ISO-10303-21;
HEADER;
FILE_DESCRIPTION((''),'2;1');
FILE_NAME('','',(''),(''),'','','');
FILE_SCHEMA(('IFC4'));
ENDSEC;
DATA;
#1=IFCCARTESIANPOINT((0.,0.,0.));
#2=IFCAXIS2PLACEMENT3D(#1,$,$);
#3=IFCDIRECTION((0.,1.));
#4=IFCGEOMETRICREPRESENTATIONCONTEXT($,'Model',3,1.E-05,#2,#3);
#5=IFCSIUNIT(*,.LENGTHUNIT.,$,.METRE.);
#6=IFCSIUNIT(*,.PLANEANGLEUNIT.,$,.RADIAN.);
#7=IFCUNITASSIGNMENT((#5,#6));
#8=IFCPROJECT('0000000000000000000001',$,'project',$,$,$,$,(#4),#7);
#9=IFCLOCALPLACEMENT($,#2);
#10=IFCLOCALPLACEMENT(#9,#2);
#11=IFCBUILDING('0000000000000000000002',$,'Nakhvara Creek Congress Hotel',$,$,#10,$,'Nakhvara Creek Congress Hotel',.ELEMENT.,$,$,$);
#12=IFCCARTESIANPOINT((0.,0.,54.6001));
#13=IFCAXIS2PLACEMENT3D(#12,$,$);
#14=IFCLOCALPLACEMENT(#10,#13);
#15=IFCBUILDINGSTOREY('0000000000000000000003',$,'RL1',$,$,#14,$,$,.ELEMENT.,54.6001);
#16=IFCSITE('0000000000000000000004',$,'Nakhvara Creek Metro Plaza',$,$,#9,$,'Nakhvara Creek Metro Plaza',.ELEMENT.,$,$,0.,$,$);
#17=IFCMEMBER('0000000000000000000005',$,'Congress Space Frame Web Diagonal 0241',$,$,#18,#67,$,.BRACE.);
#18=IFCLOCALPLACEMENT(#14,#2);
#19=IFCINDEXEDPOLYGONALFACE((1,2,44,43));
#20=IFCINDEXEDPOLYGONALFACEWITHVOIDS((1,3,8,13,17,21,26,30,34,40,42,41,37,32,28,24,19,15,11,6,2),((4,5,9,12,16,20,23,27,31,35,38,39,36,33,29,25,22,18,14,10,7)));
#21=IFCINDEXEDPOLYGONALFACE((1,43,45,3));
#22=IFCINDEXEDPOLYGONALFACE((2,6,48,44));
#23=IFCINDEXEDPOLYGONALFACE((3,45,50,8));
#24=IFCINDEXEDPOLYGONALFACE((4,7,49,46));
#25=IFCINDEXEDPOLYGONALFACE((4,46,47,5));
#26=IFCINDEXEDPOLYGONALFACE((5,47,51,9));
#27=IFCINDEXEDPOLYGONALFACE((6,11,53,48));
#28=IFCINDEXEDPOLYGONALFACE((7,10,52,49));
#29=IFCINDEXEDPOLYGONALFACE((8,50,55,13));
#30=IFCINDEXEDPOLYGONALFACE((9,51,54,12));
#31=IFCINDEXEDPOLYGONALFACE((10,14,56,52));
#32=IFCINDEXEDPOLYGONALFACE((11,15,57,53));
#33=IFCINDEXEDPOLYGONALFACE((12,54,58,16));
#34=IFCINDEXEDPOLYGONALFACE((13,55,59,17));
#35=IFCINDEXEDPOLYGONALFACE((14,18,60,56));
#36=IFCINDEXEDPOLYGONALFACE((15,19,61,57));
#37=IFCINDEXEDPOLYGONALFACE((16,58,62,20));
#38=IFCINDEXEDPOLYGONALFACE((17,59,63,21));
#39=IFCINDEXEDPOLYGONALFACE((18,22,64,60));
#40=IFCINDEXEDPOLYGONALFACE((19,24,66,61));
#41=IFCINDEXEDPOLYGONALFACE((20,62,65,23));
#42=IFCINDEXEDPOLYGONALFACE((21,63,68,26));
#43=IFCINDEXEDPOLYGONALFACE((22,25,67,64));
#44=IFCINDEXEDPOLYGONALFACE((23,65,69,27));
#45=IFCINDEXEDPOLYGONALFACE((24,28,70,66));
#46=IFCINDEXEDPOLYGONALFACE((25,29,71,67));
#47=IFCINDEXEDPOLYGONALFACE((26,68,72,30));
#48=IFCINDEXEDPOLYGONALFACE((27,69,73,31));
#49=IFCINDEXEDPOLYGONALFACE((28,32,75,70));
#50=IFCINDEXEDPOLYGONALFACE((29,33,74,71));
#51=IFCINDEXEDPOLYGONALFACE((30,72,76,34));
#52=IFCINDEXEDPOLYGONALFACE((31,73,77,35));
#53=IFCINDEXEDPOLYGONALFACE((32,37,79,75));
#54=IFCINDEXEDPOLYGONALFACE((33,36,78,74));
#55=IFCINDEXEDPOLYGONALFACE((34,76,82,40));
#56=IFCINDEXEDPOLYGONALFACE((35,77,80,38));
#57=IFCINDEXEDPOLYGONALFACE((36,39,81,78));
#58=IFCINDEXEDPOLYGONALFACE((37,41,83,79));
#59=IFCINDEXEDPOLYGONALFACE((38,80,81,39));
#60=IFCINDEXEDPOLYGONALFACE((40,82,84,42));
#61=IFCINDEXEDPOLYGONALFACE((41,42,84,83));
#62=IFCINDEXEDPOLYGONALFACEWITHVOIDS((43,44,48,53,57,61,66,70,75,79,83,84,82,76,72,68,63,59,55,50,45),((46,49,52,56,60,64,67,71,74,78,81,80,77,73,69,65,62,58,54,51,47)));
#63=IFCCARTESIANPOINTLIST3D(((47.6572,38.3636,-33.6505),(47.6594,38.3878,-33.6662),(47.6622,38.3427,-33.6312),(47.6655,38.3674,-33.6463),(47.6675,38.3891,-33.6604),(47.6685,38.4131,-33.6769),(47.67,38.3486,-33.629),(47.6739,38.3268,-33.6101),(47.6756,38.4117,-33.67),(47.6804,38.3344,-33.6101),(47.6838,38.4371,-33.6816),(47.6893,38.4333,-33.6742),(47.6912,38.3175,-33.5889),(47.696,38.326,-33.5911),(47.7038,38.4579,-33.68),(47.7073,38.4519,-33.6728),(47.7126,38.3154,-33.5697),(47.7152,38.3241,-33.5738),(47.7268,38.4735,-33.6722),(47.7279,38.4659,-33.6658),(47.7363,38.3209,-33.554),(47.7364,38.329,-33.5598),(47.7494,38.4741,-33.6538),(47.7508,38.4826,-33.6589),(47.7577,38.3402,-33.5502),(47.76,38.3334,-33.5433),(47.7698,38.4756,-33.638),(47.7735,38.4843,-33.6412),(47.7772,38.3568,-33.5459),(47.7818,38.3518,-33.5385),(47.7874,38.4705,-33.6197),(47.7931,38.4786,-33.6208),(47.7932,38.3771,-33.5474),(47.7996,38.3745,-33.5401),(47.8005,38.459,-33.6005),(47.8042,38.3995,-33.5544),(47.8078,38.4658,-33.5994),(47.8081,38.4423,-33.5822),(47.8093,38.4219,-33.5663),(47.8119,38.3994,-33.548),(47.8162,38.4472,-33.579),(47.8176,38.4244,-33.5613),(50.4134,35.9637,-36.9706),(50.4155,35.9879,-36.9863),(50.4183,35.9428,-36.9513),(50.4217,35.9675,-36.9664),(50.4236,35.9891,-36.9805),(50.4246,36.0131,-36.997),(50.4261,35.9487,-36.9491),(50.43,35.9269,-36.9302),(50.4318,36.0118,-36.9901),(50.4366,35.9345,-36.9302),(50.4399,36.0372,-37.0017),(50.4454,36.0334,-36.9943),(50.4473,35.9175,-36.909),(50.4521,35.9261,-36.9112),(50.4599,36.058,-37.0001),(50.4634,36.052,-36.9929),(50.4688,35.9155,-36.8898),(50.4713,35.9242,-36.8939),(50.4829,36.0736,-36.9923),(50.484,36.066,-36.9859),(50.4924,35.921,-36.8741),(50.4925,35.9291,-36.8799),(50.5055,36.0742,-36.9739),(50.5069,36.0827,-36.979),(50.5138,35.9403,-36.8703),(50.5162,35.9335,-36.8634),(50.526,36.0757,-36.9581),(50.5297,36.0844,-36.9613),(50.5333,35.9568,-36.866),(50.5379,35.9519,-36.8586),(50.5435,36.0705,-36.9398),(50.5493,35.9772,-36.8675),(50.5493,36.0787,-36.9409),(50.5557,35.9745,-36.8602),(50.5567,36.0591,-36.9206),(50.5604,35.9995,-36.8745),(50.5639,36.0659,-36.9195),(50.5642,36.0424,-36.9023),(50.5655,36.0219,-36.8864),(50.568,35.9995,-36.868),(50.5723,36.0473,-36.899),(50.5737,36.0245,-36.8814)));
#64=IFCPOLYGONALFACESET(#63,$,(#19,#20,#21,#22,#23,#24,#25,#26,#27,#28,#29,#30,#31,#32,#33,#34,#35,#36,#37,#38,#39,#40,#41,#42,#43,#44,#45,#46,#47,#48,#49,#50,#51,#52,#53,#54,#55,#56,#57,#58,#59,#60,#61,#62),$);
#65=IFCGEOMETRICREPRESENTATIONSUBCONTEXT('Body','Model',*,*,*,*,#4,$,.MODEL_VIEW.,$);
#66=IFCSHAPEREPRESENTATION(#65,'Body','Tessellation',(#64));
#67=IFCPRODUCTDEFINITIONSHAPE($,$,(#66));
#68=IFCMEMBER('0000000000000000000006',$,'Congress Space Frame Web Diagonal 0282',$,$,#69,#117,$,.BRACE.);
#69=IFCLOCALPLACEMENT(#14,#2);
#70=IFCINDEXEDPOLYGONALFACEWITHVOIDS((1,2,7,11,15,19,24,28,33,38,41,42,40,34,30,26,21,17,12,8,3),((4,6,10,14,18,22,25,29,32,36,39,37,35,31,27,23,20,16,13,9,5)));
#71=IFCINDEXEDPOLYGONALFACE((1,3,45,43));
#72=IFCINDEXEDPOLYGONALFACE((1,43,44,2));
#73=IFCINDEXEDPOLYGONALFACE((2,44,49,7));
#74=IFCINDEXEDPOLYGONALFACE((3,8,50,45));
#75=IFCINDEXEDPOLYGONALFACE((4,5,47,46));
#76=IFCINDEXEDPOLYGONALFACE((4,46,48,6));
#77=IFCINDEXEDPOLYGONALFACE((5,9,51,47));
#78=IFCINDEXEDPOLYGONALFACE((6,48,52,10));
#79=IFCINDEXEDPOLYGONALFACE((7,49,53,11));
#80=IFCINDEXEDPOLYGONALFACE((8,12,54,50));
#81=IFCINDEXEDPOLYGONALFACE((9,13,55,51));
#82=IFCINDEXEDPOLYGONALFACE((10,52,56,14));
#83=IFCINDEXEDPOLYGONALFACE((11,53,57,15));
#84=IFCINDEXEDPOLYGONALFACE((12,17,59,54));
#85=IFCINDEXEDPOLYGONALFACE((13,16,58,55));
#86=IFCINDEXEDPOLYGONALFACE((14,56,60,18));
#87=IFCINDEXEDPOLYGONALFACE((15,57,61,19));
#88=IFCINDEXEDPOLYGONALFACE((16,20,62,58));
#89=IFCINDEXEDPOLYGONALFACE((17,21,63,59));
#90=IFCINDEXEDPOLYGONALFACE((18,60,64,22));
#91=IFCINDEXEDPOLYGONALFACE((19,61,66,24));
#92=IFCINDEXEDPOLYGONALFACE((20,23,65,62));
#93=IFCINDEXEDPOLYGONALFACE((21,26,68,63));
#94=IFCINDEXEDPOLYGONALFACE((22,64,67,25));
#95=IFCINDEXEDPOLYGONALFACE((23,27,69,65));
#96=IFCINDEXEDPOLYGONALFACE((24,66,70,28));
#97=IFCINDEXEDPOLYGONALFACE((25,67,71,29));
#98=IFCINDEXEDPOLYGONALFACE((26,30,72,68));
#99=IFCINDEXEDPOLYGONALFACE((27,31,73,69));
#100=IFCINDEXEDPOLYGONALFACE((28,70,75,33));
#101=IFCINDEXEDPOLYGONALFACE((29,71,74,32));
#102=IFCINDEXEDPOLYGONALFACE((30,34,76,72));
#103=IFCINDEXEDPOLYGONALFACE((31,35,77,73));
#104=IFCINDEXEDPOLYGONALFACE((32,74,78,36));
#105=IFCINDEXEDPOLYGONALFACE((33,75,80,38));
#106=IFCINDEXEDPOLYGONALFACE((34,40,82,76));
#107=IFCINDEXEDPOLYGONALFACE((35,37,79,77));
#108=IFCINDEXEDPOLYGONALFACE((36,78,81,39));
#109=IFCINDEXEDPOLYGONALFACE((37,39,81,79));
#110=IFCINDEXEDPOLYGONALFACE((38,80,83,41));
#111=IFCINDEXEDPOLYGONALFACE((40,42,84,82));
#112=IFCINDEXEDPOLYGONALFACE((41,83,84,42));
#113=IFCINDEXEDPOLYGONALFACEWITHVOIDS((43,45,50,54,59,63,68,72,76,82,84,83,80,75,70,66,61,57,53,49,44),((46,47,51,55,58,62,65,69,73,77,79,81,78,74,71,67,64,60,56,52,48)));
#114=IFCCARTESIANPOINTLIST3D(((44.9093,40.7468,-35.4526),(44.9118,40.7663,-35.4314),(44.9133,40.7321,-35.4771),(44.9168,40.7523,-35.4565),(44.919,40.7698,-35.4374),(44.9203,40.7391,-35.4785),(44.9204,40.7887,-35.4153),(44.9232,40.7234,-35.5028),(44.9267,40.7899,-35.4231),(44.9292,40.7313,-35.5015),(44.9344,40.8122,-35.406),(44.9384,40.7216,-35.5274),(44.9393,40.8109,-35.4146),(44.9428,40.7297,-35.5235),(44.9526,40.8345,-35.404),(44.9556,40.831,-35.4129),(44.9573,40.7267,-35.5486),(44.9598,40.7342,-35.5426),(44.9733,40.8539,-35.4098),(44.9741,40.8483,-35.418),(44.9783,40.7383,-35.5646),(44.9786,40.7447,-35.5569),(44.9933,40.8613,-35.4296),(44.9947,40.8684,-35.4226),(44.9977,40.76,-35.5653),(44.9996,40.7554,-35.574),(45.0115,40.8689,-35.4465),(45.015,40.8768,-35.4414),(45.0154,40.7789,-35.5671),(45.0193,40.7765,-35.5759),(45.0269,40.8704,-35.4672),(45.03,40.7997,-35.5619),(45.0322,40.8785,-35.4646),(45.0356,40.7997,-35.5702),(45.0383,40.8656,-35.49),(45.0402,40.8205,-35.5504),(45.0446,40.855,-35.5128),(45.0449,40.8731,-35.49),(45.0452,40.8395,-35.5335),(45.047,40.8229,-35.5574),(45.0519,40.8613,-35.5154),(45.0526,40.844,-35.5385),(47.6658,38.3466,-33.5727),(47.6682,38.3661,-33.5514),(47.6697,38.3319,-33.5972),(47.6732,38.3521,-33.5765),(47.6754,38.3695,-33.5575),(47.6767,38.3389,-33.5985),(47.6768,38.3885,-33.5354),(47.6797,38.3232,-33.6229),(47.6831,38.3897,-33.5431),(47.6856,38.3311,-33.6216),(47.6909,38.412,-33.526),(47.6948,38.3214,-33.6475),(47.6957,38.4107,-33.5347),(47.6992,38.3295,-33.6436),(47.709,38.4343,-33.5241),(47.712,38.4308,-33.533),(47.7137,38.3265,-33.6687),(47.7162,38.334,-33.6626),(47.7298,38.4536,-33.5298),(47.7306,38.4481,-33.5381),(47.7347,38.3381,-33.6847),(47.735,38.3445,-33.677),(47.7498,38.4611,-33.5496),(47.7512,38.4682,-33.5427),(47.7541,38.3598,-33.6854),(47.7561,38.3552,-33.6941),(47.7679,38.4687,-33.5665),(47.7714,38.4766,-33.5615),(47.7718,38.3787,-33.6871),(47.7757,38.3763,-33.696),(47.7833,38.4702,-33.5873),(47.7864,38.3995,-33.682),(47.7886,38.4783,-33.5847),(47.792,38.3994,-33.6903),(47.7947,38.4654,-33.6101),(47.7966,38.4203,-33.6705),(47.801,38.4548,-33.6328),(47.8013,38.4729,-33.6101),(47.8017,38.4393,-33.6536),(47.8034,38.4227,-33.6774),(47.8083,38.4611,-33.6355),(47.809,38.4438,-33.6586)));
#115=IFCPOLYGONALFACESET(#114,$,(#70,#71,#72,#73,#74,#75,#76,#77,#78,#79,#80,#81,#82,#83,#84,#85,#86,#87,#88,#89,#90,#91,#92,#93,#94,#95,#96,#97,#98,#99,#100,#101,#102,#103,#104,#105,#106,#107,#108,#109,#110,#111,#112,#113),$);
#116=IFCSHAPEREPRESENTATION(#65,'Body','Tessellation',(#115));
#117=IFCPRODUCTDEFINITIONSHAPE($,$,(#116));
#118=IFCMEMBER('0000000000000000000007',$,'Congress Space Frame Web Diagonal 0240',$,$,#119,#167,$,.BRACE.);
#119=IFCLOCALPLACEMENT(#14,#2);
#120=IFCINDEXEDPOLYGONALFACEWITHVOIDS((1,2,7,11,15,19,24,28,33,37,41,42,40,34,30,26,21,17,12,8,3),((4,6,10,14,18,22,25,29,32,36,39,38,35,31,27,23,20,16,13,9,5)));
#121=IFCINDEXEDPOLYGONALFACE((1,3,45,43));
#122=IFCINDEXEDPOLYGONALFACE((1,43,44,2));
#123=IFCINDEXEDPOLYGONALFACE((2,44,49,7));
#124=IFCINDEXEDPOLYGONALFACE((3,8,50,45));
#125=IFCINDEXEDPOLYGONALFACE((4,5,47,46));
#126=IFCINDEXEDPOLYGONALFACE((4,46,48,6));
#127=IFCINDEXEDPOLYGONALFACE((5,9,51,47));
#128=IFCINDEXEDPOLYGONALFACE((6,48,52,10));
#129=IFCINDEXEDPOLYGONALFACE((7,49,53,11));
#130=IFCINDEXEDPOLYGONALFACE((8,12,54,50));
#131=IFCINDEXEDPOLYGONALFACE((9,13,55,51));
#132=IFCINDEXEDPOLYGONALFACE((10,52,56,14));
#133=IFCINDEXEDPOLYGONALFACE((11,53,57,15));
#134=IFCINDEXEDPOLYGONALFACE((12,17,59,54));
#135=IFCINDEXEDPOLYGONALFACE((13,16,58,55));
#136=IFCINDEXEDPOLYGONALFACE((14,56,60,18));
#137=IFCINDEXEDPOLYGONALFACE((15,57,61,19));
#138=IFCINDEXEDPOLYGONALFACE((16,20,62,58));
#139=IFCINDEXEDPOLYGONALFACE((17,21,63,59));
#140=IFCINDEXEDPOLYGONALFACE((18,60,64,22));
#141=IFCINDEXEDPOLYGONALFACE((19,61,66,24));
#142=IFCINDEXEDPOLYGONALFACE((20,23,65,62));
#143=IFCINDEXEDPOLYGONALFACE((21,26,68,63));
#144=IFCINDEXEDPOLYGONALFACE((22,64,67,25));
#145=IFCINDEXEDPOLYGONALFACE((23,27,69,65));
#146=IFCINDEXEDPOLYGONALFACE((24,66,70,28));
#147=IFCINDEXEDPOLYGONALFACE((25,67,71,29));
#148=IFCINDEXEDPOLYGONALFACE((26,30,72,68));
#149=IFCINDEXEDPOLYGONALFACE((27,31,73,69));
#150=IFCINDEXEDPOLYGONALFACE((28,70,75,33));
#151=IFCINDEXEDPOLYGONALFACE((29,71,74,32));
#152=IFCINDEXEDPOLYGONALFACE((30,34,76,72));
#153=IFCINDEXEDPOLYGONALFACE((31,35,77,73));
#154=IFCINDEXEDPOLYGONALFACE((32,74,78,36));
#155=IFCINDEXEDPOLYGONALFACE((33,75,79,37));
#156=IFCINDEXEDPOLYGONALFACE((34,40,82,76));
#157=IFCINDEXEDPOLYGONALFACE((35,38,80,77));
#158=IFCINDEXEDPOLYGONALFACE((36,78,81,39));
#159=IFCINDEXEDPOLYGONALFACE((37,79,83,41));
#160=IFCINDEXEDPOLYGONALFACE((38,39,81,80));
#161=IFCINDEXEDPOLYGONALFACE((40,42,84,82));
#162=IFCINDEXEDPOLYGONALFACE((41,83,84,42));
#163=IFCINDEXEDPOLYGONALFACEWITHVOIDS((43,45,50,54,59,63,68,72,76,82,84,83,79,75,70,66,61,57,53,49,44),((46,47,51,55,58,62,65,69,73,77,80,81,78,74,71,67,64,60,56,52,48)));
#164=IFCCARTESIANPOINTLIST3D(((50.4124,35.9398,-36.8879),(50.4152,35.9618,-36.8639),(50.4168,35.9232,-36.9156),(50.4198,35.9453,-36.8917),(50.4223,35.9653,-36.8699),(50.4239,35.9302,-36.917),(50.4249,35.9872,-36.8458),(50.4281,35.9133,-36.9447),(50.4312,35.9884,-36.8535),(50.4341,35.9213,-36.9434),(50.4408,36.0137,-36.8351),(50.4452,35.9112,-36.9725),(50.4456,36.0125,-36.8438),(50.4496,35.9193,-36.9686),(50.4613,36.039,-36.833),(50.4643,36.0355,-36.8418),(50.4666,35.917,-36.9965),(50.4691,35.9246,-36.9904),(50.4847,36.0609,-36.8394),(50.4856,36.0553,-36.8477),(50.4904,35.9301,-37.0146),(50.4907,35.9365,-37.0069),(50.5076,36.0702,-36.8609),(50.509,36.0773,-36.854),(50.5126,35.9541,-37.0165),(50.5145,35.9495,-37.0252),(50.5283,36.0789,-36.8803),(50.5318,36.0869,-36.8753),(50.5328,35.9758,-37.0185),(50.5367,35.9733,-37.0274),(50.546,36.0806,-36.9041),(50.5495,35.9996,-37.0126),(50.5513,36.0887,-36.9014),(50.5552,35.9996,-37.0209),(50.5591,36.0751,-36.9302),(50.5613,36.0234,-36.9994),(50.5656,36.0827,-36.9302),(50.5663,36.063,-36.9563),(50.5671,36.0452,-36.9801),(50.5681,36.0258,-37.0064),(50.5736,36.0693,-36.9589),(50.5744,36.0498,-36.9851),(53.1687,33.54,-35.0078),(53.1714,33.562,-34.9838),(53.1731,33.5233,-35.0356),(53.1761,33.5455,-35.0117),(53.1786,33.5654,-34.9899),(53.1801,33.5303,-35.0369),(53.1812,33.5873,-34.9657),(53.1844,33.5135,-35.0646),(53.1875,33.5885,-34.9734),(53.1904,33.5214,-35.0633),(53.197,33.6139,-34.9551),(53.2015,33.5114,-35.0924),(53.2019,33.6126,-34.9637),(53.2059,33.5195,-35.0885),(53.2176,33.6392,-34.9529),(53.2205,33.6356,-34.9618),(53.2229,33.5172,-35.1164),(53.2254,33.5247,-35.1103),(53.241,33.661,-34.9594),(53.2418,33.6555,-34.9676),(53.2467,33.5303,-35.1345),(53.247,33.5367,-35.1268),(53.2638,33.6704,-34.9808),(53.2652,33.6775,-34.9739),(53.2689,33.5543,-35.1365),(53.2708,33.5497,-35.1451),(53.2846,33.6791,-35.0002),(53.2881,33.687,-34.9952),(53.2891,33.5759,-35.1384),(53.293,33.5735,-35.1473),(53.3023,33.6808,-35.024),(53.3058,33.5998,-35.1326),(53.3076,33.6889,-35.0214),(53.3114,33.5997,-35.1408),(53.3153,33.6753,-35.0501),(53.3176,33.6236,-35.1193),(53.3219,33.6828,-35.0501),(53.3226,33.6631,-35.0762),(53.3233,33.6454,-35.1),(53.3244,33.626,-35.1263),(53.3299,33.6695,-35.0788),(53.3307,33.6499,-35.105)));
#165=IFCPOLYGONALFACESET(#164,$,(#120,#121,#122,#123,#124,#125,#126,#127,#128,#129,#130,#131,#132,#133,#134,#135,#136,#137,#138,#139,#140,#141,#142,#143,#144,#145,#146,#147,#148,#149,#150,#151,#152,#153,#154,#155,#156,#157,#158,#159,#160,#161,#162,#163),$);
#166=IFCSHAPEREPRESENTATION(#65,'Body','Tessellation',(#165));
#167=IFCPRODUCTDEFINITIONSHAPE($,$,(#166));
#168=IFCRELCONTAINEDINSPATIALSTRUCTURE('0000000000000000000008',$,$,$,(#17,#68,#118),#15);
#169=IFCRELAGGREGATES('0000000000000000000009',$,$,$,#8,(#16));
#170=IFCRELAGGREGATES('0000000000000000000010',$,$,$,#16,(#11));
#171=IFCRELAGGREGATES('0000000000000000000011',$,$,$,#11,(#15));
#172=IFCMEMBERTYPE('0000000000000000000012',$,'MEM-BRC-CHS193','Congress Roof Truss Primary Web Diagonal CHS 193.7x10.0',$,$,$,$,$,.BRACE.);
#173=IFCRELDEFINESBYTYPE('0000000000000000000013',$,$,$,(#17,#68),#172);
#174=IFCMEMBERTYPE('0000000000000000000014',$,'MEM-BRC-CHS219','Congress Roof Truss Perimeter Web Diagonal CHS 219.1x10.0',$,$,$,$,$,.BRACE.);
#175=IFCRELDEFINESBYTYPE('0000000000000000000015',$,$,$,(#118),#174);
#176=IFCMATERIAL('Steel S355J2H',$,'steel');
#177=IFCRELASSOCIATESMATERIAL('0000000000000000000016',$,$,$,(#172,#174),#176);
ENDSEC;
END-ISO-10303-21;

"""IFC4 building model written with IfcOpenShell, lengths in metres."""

from ifc_helpers import new_model, si_unit, direction, frame, origin, origin_2d, place, context, subcontext, project, spatial, hollow_circle, extrude, material, material_profile, profile_set, type_object, element, save


model = new_model("IFC4")

# Units and contexts
model_context = context("Model", 3, precision=1e-05, world=origin(), true_north=direction((0.0, 1.0)))
body_context = subcontext(model_context, "Body", "Model", "MODEL_VIEW")
ifc_project = project(units=[si_unit("LENGTHUNIT", "METRE"), si_unit("PLANEANGLEUNIT", "RADIAN")], contexts=[model_context])

# Site, building, storey
site_placement = place(None, origin())
site = spatial("IfcSite", under=ifc_project, at=site_placement, Name="Nakhvara Creek Metro Plaza", LongName="Nakhvara Creek Metro Plaza", CompositionType="ELEMENT", RefElevation=0.0)
building_placement = place(site_placement, origin())
building = spatial("IfcBuilding", under=site, at=building_placement, Name="Nakhvara Creek Congress Hotel", LongName="Nakhvara Creek Congress Hotel", CompositionType="ELEMENT")
storey_placement = place(building_placement, frame((0.0, 0.0, 54.6001)))
storey = spatial("IfcBuildingStorey", under=building, at=storey_placement, Name="RL1", CompositionType="ELEMENT", Elevation=54.6001)

# Members
ifc_material_1 = material(Name="Steel S355J2H", Category="steel")
ifc_material_profile_1 = material_profile(ifc_material_1, hollow_circle(Radius=0.0969, WallThickness=0.01, at=origin_2d()), Name="CHS 193.7x10.0", Category="LoadBearing")
ifc_profile_set_1 = profile_set([ifc_material_profile_1], Name="Steel S355J2H")
member_type_1 = type_object("IfcMemberType", Name="MEM-BRC-CHS193", Description="Congress Roof Truss Primary Web Diagonal CHS 193.7x10.0", PredefinedType="BRACE", material=ifc_profile_set_1)
for number, where, z_axis, x_axis, name in (
    (1, (50.4937, 36.0, -36.9302), (-0.558203, 0.48606, 0.672425), (-0.656691, -0.75416, 0.0), "Congress Space Frame Web Diagonal 0241"),
):
    element("IfcMember", number, at=place(storey_placement, frame(where, z_axis=z_axis, x_axis=x_axis)), inside=storey, type_object=member_type_1, Name=name, PredefinedType="BRACE", context=body_context, shape_type="SweptSolid", body=[
        extrude(hollow_circle(Radius=0.0969, WallThickness=0.01, at=origin_2d()), origin(), (0.0, 0.0, 1.0), 4.9375),
    ])
member_1_placement = place(storey_placement, frame((44.9812, 40.8, -35.49), z_axis=(0.670644, -0.583977, 0.457392), x_axis=(0.656696, 0.754155, 0.0)))
element("IfcMember", 2, at=member_1_placement, inside=storey, type_object=member_type_1, Name="Congress Space Frame Web Diagonal 0282", PredefinedType="BRACE", context=body_context, shape_type="SweptSolid", body=[
    extrude(hollow_circle(Radius=0.0969, WallThickness=0.01, at=origin_2d()), origin(), (0.0, 0.0, 1.0), 4.1101),
])
ifc_material_profile_2 = material_profile(ifc_material_1, hollow_circle(Radius=0.1096, WallThickness=0.01, at=origin_2d()), Name="CHS 219.1x10.0", Category="LoadBearing")
ifc_profile_set_2 = profile_set([ifc_material_profile_2], Name="Steel S355J2H")
member_type_2 = type_object("IfcMemberType", Name="MEM-BRC-CHS219", Description="Congress Roof Truss Perimeter Web Diagonal CHS 219.1x10.0", PredefinedType="BRACE", material=ifc_profile_set_2)
for number, where, z_axis, x_axis, name in (
    (3, (50.4937, 36.0, -36.9302), (0.670649, -0.583922, 0.457455), (0.656658, 0.754188, 0.0), "Congress Space Frame Web Diagonal 0240"),
):
    element("IfcMember", number, at=place(storey_placement, frame(where, z_axis=z_axis, x_axis=x_axis)), inside=storey, type_object=member_type_2, Name=name, PredefinedType="BRACE", context=body_context, shape_type="SweptSolid", body=[
        extrude(hollow_circle(Radius=0.1096, WallThickness=0.01, at=origin_2d()), origin(), (0.0, 0.0, 1.0), 4.1099),
    ])

save(model, "model.ifc")
